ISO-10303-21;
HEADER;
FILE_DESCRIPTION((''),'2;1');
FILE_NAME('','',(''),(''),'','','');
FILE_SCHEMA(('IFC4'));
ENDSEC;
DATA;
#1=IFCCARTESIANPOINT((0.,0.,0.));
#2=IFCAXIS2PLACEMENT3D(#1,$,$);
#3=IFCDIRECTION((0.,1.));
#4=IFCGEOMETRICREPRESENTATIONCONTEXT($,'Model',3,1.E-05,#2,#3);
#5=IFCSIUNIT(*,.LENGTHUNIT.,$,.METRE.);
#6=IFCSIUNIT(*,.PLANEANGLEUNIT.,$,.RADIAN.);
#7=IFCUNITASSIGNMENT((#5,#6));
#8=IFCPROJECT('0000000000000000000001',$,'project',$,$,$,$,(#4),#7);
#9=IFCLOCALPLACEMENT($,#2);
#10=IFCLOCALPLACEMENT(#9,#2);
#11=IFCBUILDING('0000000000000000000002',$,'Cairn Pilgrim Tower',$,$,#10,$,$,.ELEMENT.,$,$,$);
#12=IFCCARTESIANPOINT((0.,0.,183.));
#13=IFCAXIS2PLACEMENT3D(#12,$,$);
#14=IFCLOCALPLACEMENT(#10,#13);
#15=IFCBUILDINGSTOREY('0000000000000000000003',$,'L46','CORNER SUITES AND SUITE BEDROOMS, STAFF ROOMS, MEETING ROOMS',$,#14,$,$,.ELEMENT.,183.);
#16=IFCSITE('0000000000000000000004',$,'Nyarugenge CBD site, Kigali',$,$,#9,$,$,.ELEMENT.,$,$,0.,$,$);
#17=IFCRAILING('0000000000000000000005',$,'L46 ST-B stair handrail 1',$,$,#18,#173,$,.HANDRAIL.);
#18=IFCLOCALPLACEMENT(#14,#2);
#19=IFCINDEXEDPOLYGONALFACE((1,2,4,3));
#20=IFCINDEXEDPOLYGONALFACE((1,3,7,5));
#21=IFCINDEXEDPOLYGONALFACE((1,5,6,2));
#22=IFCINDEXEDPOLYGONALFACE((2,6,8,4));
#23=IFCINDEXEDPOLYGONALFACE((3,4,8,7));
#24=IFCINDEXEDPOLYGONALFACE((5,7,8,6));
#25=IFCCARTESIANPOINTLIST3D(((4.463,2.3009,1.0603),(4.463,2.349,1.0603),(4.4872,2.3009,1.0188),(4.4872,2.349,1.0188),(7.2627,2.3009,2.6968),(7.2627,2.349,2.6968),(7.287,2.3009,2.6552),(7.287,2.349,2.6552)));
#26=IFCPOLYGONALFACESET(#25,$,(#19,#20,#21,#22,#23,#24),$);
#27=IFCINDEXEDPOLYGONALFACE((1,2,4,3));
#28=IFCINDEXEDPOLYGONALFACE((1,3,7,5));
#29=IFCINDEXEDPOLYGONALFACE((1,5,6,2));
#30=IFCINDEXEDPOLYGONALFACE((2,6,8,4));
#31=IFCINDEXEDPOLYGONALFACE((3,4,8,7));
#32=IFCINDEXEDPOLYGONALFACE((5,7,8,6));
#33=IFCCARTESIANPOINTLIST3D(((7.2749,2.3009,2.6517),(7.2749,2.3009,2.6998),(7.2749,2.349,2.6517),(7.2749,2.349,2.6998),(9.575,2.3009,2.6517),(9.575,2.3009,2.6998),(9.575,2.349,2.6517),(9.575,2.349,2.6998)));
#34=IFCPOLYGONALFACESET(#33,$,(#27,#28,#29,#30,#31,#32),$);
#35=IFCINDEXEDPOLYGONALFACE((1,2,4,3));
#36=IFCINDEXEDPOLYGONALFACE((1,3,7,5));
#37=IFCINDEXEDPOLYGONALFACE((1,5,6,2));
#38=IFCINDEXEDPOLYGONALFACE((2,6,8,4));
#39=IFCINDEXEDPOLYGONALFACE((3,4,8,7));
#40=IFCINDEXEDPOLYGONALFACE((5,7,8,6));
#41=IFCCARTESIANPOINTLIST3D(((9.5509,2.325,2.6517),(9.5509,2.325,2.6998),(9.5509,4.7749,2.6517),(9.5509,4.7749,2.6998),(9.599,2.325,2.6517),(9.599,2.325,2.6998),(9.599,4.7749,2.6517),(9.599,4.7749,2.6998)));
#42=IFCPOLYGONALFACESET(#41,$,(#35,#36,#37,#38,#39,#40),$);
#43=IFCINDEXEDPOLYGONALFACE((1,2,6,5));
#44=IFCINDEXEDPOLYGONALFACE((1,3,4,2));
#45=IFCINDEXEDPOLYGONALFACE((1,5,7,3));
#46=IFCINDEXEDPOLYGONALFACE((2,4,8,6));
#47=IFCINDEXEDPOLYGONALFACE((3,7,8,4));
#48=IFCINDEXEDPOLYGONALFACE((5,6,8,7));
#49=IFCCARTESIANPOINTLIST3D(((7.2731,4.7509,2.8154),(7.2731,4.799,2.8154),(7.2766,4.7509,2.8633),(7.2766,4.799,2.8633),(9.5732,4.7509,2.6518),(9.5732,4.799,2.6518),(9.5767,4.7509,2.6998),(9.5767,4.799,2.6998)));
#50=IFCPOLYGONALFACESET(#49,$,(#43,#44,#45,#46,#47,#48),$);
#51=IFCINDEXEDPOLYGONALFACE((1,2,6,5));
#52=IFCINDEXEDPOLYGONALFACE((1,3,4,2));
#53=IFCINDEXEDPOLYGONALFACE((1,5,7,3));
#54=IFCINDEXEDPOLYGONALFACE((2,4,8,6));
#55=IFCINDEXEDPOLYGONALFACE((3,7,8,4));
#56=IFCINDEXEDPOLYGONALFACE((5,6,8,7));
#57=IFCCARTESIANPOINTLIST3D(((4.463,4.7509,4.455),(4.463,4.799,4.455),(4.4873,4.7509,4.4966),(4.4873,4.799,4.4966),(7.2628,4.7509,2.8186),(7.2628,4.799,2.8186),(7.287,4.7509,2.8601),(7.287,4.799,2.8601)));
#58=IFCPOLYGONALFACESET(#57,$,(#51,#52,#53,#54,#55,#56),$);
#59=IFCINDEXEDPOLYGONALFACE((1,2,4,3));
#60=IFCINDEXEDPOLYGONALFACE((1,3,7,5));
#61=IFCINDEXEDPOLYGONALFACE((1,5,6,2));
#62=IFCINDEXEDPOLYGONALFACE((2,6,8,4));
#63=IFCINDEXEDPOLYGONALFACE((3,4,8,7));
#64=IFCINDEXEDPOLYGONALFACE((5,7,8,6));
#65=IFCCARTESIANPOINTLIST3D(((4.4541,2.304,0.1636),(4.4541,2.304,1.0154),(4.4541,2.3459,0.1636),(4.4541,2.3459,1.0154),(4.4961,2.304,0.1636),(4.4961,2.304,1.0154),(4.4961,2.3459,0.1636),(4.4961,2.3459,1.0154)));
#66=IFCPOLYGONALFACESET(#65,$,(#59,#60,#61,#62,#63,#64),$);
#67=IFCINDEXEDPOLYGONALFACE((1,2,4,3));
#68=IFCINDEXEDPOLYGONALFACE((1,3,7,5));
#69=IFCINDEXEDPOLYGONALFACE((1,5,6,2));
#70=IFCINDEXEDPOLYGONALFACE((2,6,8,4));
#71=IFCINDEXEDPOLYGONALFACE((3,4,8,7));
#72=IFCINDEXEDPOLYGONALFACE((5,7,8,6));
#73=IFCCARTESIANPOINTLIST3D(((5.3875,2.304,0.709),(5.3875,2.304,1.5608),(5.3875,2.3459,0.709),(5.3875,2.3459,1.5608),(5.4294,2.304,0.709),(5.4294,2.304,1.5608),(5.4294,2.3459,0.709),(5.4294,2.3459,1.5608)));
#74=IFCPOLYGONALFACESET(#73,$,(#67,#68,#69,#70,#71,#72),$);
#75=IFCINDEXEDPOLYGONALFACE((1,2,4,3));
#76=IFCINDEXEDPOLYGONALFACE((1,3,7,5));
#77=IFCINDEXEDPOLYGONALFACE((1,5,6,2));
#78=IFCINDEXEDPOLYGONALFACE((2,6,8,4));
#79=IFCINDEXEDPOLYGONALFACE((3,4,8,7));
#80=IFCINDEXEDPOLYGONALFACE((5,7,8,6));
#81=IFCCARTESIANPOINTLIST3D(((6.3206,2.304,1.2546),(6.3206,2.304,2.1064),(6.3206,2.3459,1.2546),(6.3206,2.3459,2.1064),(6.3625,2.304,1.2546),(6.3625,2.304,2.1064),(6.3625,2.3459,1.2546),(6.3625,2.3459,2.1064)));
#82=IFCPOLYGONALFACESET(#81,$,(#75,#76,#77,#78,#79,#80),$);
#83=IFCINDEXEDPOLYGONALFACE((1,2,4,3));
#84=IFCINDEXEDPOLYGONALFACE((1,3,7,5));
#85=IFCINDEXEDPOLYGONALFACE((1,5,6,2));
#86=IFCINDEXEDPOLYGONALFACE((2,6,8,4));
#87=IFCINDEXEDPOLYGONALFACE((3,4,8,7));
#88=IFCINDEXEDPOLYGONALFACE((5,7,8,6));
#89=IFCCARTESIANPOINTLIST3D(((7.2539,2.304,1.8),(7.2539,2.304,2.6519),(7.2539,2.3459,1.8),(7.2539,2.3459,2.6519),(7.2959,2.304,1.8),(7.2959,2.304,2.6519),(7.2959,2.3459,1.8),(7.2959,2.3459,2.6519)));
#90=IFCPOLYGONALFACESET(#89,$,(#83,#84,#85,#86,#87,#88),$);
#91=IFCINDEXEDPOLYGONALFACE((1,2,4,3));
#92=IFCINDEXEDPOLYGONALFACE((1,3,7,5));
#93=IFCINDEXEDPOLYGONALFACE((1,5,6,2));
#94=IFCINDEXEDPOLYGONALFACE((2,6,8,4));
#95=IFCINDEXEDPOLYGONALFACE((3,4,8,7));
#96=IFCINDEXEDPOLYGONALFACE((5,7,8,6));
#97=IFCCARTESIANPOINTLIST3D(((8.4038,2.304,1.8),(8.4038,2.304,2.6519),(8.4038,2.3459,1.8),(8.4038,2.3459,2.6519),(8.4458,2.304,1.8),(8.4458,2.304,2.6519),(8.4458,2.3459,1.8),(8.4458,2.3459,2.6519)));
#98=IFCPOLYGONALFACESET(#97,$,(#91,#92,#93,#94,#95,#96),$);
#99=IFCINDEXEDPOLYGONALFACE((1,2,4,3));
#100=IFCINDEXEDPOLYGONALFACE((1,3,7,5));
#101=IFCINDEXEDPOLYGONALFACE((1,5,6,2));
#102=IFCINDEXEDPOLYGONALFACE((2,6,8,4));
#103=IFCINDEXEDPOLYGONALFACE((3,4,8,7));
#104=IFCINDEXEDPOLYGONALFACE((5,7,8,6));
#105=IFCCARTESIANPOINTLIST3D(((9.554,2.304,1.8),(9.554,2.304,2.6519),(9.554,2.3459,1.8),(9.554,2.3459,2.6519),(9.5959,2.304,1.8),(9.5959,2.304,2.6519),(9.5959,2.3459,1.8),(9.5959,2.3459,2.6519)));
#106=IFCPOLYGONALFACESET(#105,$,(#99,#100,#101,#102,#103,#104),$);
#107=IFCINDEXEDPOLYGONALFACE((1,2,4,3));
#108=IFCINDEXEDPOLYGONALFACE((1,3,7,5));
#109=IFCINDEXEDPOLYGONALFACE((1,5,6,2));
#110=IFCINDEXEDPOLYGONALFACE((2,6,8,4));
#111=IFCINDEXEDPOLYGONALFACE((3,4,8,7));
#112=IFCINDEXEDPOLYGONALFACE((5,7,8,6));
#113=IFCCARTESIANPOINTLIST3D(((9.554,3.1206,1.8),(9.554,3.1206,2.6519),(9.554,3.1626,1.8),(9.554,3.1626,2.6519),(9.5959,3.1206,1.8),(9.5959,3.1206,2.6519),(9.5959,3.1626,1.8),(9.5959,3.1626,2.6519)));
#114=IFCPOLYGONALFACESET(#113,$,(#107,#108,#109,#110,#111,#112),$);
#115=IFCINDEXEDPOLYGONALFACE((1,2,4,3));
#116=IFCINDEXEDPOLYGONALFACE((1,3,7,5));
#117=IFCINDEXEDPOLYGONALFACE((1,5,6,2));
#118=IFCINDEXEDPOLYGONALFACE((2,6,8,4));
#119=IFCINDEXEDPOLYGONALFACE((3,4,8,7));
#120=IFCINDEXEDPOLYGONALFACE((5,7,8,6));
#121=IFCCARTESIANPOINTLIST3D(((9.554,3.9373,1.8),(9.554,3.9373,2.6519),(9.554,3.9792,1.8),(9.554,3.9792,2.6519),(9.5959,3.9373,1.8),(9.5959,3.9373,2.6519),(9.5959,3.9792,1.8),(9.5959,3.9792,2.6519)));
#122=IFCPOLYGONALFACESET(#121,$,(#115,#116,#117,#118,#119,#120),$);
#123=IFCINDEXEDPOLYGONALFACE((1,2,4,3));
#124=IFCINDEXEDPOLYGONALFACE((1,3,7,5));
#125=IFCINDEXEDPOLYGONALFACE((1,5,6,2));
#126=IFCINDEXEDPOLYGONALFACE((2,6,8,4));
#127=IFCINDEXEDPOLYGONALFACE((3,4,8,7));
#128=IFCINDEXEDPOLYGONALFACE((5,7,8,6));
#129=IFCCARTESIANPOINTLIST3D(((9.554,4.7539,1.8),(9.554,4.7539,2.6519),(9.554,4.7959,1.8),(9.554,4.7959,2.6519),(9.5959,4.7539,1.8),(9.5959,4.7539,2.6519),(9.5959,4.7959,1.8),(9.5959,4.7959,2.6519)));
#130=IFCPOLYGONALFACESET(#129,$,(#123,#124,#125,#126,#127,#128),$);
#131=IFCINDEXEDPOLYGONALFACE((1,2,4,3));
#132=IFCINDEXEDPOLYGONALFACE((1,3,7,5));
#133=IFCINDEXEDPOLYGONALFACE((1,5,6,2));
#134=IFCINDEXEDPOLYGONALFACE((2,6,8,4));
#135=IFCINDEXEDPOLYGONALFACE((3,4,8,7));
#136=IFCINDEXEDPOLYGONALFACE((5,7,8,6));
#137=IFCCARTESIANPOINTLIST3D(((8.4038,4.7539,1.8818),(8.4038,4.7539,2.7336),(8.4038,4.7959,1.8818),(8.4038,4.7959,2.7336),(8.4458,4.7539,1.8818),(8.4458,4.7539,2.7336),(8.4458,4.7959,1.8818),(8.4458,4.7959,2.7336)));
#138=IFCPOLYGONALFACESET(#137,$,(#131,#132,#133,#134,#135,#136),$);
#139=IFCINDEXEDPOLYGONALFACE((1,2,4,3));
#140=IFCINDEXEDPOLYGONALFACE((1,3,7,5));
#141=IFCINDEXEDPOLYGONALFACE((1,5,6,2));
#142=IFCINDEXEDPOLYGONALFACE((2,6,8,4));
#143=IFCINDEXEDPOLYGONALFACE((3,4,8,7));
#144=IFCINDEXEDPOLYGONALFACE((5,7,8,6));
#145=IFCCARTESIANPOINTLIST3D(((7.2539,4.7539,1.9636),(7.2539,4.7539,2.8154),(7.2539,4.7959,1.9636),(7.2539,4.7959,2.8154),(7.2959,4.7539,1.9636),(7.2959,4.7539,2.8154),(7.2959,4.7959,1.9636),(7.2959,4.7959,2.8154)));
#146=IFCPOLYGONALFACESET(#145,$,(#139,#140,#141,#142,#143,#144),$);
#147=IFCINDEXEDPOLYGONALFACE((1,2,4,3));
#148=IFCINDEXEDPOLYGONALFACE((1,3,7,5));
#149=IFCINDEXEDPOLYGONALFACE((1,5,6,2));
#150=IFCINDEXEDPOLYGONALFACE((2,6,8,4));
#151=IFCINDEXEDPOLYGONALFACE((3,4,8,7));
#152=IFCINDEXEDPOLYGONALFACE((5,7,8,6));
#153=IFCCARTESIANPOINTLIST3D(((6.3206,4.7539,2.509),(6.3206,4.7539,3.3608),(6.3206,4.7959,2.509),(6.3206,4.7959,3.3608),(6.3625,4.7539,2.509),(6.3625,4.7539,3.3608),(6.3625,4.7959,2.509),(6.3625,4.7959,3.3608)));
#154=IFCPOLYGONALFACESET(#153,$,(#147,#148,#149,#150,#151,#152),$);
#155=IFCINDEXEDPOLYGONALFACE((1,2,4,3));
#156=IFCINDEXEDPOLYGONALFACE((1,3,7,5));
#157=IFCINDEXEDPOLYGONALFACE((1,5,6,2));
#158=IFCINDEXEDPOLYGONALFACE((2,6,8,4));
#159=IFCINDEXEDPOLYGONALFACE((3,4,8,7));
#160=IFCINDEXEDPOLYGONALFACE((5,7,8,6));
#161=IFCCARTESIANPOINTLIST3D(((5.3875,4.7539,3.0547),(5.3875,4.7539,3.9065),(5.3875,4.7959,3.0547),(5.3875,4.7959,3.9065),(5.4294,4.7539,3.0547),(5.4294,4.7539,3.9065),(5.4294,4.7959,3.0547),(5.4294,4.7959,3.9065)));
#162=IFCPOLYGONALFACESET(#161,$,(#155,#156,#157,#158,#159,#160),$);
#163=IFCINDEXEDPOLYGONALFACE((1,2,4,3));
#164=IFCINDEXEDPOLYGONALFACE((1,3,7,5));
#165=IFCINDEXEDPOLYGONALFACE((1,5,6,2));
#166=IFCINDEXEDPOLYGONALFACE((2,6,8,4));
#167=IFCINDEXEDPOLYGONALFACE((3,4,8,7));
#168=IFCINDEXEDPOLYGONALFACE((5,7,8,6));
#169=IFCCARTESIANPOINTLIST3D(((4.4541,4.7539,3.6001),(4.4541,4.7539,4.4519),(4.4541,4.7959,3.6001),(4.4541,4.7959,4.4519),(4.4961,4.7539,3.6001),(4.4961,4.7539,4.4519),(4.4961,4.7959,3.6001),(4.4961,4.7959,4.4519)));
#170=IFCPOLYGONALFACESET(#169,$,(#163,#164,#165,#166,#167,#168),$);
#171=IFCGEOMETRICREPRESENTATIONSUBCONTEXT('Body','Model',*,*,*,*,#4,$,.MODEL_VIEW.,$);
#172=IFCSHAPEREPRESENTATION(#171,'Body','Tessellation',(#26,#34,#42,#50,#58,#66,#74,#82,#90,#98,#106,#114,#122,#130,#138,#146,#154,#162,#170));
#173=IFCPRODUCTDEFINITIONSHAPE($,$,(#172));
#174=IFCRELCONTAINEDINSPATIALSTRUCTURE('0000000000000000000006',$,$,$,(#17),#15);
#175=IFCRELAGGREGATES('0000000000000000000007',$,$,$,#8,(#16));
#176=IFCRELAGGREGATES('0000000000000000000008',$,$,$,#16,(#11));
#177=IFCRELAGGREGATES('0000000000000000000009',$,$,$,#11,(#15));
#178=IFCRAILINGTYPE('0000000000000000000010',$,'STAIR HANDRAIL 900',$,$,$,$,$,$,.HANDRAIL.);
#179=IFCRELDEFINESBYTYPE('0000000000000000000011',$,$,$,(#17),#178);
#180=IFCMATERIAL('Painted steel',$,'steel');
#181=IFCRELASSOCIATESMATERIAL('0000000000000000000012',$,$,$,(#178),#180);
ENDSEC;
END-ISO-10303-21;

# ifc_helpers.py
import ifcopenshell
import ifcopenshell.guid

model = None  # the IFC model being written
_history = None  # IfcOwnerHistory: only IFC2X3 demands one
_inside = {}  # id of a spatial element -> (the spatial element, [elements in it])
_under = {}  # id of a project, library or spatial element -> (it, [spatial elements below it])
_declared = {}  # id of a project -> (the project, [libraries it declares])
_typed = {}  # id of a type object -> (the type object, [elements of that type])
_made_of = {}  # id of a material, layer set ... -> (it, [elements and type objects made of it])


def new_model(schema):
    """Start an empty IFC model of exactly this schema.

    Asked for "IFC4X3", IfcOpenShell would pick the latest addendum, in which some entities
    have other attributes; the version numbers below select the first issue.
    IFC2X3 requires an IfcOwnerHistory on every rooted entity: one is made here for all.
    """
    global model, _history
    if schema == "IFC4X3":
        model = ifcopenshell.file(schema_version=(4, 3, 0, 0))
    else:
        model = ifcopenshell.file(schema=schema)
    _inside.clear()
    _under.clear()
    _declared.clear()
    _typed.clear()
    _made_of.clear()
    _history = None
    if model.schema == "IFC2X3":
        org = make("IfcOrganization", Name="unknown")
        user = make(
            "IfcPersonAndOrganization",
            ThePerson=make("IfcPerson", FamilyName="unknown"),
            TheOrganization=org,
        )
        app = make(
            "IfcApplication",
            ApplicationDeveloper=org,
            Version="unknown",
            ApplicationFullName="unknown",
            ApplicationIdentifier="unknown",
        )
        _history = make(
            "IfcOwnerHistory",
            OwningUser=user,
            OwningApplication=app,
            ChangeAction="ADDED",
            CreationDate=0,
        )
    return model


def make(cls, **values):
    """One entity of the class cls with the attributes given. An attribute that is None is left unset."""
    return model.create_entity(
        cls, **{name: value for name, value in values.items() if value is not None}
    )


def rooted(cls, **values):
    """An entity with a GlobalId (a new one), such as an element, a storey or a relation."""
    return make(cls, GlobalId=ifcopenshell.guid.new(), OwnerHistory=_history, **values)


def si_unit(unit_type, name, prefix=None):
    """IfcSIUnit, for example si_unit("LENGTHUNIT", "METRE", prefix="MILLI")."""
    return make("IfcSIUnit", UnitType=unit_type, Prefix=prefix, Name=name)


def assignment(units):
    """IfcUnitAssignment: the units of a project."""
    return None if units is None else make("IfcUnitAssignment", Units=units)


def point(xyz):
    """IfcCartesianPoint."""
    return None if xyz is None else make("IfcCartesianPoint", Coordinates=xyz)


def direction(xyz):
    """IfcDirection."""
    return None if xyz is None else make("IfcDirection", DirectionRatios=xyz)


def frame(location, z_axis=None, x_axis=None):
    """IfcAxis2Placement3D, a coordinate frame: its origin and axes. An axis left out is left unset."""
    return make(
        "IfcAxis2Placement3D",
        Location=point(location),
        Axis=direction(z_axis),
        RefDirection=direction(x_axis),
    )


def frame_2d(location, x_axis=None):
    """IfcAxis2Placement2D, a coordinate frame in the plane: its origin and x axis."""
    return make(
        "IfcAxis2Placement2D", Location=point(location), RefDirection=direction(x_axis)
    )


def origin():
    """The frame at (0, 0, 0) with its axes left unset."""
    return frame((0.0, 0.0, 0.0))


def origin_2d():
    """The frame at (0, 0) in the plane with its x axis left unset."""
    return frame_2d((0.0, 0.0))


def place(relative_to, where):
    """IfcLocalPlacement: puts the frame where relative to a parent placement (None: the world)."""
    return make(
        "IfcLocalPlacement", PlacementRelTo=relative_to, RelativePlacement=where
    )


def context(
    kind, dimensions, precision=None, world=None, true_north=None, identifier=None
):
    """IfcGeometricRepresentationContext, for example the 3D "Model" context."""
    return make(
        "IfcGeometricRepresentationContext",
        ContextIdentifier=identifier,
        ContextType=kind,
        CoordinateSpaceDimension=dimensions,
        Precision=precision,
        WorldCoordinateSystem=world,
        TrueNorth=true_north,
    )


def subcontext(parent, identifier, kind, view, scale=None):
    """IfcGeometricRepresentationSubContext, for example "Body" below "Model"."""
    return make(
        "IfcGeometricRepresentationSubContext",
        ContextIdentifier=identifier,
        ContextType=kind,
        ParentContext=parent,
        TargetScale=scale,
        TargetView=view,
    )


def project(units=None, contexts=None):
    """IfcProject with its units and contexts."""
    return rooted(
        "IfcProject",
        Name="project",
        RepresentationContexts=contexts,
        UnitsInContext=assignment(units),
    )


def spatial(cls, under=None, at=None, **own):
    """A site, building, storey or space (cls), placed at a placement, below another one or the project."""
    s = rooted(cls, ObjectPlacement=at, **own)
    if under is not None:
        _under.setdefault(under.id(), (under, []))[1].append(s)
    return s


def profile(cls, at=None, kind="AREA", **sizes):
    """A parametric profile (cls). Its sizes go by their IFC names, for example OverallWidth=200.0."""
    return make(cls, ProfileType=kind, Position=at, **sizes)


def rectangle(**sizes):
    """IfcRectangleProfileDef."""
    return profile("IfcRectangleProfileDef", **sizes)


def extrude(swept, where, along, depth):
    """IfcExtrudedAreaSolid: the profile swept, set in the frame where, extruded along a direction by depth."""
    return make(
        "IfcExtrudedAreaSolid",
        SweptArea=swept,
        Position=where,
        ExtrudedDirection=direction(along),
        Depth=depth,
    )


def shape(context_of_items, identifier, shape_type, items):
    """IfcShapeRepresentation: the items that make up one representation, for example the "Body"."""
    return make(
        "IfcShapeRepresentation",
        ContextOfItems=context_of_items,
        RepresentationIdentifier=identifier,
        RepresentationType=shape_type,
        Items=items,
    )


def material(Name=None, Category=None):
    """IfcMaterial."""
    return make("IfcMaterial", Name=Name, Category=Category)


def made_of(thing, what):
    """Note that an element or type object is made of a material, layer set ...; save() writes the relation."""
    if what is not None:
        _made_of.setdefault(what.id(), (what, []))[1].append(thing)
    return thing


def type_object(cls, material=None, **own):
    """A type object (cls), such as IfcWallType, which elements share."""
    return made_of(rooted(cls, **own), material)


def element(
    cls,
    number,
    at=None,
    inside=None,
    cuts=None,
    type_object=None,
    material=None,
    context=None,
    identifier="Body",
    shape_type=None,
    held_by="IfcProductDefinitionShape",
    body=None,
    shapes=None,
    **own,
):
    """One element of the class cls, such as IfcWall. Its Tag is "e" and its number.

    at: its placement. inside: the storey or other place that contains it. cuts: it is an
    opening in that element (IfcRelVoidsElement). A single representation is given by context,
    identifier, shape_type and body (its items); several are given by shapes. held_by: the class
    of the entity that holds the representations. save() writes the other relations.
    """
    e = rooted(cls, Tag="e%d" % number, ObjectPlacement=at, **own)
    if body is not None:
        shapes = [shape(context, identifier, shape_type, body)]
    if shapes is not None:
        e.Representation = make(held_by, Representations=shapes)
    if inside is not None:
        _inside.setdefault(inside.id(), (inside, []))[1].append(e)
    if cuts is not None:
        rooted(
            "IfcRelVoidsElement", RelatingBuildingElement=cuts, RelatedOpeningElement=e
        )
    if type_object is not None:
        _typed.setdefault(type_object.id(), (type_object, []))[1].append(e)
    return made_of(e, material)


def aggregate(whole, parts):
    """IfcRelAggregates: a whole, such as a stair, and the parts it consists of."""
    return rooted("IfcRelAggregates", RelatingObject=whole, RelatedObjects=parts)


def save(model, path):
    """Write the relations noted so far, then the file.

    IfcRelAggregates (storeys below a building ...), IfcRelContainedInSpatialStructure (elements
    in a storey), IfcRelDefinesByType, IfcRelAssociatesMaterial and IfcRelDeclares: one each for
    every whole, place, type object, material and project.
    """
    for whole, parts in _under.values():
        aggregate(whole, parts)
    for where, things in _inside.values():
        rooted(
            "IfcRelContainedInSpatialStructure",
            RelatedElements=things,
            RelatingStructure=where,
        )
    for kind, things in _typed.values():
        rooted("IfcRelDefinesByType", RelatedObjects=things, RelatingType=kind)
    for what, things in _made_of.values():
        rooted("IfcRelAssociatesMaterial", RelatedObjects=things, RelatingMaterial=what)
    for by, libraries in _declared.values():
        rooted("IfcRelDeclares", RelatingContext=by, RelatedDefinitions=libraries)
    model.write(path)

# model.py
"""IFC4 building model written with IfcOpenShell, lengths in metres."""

from ifc_helpers import new_model, si_unit, direction, frame, origin, origin_2d, place, context, subcontext, project, spatial, rectangle, extrude, material, type_object, element, save


model = new_model("IFC4")

# Units and contexts
model_context = context("Model", 3, precision=1e-05, world=origin(), true_north=direction((0.0, 1.0)))
body_context = subcontext(model_context, "Body", "Model", "MODEL_VIEW")
ifc_project = project(units=[si_unit("LENGTHUNIT", "METRE"), si_unit("PLANEANGLEUNIT", "RADIAN")], contexts=[model_context])

# Site, building, storey
site_placement = place(None, origin())
site = spatial("IfcSite", under=ifc_project, at=site_placement, Name="Nyarugenge CBD site, Kigali", CompositionType="ELEMENT", RefElevation=0.0)
building_placement = place(site_placement, origin())
building = spatial("IfcBuilding", under=site, at=building_placement, Name="Cairn Pilgrim Tower", CompositionType="ELEMENT")
storey_placement = place(building_placement, frame((0.0, 0.0, 183.0)))
storey = spatial("IfcBuildingStorey", under=building, at=storey_placement, Name="L46", Description="CORNER SUITES AND SUITE BEDROOMS, STAFF ROOMS, MEETING ROOMS", CompositionType="ELEMENT", Elevation=183.0)

# Shared definitions
ifc_material_1 = material(Name="Painted steel", Category="steel")

# Railing
railing_type = type_object("IfcRailingType", Name="STAIR HANDRAIL 900", PredefinedType="HANDRAIL", material=ifc_material_1)
railing_placement = place(storey_placement, frame((4.4751, 2.325, 0.1636)))
element("IfcRailing", 1, at=railing_placement, inside=storey, type_object=railing_type, Name="L46 ST-B stair handrail 1", PredefinedType="HANDRAIL", context=body_context, shape_type="SweptSolid", body=[
    extrude(rectangle(XDim=0.0481, YDim=0.0481, at=origin_2d()), frame((0.0, 0.0, 0.876), z_axis=(0.863342, 0.0, 0.50462), x_axis=(0.0, 1.0, 0.0)), (0.0, 0.0, 1.0), 3.2429),
    extrude(rectangle(XDim=0.0481, YDim=0.0481, at=origin_2d()), frame((2.7998, 0.0, 2.5122), z_axis=(1.0, 0.0, 0.0), x_axis=(0.0, 1.0, 0.0)), (0.0, 0.0, 1.0), 2.3),
    extrude(rectangle(XDim=0.0481, YDim=0.0481, at=origin_2d()), frame((5.0999, 0.0, 2.5122), z_axis=(0.0, 1.0, 0.0), x_axis=(-1.0, 0.0, 0.0)), (0.0, 0.0, 1.0), 2.45),
    extrude(rectangle(XDim=0.0481, YDim=0.0481, at=origin_2d()), frame((5.0999, 2.45, 2.5122), z_axis=(-0.997481, 0.0, 0.070939), x_axis=(0.0, -1.0, 0.0)), (0.0, 0.0, 1.0), 2.3059),
    extrude(rectangle(XDim=0.0481, YDim=0.0481, at=origin_2d()), frame((2.7998, 2.45, 2.6758), z_axis=(-0.863342, 0.0, 0.50462), x_axis=(0.0, -1.0, 0.0)), (0.0, 0.0, 1.0), 3.2429),
    extrude(rectangle(XDim=0.042, YDim=0.042, at=origin_2d()), origin(), (0.0, 0.0, 1.0), 0.8518),
    extrude(rectangle(XDim=0.042, YDim=0.042, at=origin_2d()), frame((0.9333, 0.0, 0.5454)), (0.0, 0.0, 1.0), 0.8518),
    extrude(rectangle(XDim=0.042, YDim=0.042, at=origin_2d()), frame((1.8665, 0.0, 1.0911)), (0.0, 0.0, 1.0), 0.8518),
    extrude(rectangle(XDim=0.042, YDim=0.042, at=origin_2d()), frame((2.7998, 0.0, 1.6365)), (0.0, 0.0, 1.0), 0.8518),
    extrude(rectangle(XDim=0.042, YDim=0.042, at=origin_2d()), frame((3.9497, 0.0, 1.6365)), (0.0, 0.0, 1.0), 0.8518),
    extrude(rectangle(XDim=0.042, YDim=0.042, at=origin_2d()), frame((5.0999, 0.0, 1.6365)), (0.0, 0.0, 1.0), 0.8518),
    extrude(rectangle(XDim=0.042, YDim=0.042, at=origin_2d()), frame((5.0999, 0.8167, 1.6365)), (0.0, 0.0, 1.0), 0.8518),
    extrude(rectangle(XDim=0.042, YDim=0.042, at=origin_2d()), frame((5.0999, 1.6333, 1.6365)), (0.0, 0.0, 1.0), 0.8518),
    extrude(rectangle(XDim=0.042, YDim=0.042, at=origin_2d()), frame((5.0999, 2.45, 1.6365)), (0.0, 0.0, 1.0), 0.8518),
    extrude(rectangle(XDim=0.042, YDim=0.042, at=origin_2d()), frame((3.9497, 2.45, 1.7183)), (0.0, 0.0, 1.0), 0.8518),
    extrude(rectangle(XDim=0.042, YDim=0.042, at=origin_2d()), frame((2.7998, 2.45, 1.8)), (0.0, 0.0, 1.0), 0.8518),
    extrude(rectangle(XDim=0.042, YDim=0.042, at=origin_2d()), frame((1.8665, 2.45, 2.3455)), (0.0, 0.0, 1.0), 0.8518),
    extrude(rectangle(XDim=0.042, YDim=0.042, at=origin_2d()), frame((0.9333, 2.45, 2.8911)), (0.0, 0.0, 1.0), 0.8518),
    extrude(rectangle(XDim=0.042, YDim=0.042, at=origin_2d()), frame((0.0, 2.45, 3.4365)), (0.0, 0.0, 1.0), 0.8518),
])

save(model, "model.ifc")
